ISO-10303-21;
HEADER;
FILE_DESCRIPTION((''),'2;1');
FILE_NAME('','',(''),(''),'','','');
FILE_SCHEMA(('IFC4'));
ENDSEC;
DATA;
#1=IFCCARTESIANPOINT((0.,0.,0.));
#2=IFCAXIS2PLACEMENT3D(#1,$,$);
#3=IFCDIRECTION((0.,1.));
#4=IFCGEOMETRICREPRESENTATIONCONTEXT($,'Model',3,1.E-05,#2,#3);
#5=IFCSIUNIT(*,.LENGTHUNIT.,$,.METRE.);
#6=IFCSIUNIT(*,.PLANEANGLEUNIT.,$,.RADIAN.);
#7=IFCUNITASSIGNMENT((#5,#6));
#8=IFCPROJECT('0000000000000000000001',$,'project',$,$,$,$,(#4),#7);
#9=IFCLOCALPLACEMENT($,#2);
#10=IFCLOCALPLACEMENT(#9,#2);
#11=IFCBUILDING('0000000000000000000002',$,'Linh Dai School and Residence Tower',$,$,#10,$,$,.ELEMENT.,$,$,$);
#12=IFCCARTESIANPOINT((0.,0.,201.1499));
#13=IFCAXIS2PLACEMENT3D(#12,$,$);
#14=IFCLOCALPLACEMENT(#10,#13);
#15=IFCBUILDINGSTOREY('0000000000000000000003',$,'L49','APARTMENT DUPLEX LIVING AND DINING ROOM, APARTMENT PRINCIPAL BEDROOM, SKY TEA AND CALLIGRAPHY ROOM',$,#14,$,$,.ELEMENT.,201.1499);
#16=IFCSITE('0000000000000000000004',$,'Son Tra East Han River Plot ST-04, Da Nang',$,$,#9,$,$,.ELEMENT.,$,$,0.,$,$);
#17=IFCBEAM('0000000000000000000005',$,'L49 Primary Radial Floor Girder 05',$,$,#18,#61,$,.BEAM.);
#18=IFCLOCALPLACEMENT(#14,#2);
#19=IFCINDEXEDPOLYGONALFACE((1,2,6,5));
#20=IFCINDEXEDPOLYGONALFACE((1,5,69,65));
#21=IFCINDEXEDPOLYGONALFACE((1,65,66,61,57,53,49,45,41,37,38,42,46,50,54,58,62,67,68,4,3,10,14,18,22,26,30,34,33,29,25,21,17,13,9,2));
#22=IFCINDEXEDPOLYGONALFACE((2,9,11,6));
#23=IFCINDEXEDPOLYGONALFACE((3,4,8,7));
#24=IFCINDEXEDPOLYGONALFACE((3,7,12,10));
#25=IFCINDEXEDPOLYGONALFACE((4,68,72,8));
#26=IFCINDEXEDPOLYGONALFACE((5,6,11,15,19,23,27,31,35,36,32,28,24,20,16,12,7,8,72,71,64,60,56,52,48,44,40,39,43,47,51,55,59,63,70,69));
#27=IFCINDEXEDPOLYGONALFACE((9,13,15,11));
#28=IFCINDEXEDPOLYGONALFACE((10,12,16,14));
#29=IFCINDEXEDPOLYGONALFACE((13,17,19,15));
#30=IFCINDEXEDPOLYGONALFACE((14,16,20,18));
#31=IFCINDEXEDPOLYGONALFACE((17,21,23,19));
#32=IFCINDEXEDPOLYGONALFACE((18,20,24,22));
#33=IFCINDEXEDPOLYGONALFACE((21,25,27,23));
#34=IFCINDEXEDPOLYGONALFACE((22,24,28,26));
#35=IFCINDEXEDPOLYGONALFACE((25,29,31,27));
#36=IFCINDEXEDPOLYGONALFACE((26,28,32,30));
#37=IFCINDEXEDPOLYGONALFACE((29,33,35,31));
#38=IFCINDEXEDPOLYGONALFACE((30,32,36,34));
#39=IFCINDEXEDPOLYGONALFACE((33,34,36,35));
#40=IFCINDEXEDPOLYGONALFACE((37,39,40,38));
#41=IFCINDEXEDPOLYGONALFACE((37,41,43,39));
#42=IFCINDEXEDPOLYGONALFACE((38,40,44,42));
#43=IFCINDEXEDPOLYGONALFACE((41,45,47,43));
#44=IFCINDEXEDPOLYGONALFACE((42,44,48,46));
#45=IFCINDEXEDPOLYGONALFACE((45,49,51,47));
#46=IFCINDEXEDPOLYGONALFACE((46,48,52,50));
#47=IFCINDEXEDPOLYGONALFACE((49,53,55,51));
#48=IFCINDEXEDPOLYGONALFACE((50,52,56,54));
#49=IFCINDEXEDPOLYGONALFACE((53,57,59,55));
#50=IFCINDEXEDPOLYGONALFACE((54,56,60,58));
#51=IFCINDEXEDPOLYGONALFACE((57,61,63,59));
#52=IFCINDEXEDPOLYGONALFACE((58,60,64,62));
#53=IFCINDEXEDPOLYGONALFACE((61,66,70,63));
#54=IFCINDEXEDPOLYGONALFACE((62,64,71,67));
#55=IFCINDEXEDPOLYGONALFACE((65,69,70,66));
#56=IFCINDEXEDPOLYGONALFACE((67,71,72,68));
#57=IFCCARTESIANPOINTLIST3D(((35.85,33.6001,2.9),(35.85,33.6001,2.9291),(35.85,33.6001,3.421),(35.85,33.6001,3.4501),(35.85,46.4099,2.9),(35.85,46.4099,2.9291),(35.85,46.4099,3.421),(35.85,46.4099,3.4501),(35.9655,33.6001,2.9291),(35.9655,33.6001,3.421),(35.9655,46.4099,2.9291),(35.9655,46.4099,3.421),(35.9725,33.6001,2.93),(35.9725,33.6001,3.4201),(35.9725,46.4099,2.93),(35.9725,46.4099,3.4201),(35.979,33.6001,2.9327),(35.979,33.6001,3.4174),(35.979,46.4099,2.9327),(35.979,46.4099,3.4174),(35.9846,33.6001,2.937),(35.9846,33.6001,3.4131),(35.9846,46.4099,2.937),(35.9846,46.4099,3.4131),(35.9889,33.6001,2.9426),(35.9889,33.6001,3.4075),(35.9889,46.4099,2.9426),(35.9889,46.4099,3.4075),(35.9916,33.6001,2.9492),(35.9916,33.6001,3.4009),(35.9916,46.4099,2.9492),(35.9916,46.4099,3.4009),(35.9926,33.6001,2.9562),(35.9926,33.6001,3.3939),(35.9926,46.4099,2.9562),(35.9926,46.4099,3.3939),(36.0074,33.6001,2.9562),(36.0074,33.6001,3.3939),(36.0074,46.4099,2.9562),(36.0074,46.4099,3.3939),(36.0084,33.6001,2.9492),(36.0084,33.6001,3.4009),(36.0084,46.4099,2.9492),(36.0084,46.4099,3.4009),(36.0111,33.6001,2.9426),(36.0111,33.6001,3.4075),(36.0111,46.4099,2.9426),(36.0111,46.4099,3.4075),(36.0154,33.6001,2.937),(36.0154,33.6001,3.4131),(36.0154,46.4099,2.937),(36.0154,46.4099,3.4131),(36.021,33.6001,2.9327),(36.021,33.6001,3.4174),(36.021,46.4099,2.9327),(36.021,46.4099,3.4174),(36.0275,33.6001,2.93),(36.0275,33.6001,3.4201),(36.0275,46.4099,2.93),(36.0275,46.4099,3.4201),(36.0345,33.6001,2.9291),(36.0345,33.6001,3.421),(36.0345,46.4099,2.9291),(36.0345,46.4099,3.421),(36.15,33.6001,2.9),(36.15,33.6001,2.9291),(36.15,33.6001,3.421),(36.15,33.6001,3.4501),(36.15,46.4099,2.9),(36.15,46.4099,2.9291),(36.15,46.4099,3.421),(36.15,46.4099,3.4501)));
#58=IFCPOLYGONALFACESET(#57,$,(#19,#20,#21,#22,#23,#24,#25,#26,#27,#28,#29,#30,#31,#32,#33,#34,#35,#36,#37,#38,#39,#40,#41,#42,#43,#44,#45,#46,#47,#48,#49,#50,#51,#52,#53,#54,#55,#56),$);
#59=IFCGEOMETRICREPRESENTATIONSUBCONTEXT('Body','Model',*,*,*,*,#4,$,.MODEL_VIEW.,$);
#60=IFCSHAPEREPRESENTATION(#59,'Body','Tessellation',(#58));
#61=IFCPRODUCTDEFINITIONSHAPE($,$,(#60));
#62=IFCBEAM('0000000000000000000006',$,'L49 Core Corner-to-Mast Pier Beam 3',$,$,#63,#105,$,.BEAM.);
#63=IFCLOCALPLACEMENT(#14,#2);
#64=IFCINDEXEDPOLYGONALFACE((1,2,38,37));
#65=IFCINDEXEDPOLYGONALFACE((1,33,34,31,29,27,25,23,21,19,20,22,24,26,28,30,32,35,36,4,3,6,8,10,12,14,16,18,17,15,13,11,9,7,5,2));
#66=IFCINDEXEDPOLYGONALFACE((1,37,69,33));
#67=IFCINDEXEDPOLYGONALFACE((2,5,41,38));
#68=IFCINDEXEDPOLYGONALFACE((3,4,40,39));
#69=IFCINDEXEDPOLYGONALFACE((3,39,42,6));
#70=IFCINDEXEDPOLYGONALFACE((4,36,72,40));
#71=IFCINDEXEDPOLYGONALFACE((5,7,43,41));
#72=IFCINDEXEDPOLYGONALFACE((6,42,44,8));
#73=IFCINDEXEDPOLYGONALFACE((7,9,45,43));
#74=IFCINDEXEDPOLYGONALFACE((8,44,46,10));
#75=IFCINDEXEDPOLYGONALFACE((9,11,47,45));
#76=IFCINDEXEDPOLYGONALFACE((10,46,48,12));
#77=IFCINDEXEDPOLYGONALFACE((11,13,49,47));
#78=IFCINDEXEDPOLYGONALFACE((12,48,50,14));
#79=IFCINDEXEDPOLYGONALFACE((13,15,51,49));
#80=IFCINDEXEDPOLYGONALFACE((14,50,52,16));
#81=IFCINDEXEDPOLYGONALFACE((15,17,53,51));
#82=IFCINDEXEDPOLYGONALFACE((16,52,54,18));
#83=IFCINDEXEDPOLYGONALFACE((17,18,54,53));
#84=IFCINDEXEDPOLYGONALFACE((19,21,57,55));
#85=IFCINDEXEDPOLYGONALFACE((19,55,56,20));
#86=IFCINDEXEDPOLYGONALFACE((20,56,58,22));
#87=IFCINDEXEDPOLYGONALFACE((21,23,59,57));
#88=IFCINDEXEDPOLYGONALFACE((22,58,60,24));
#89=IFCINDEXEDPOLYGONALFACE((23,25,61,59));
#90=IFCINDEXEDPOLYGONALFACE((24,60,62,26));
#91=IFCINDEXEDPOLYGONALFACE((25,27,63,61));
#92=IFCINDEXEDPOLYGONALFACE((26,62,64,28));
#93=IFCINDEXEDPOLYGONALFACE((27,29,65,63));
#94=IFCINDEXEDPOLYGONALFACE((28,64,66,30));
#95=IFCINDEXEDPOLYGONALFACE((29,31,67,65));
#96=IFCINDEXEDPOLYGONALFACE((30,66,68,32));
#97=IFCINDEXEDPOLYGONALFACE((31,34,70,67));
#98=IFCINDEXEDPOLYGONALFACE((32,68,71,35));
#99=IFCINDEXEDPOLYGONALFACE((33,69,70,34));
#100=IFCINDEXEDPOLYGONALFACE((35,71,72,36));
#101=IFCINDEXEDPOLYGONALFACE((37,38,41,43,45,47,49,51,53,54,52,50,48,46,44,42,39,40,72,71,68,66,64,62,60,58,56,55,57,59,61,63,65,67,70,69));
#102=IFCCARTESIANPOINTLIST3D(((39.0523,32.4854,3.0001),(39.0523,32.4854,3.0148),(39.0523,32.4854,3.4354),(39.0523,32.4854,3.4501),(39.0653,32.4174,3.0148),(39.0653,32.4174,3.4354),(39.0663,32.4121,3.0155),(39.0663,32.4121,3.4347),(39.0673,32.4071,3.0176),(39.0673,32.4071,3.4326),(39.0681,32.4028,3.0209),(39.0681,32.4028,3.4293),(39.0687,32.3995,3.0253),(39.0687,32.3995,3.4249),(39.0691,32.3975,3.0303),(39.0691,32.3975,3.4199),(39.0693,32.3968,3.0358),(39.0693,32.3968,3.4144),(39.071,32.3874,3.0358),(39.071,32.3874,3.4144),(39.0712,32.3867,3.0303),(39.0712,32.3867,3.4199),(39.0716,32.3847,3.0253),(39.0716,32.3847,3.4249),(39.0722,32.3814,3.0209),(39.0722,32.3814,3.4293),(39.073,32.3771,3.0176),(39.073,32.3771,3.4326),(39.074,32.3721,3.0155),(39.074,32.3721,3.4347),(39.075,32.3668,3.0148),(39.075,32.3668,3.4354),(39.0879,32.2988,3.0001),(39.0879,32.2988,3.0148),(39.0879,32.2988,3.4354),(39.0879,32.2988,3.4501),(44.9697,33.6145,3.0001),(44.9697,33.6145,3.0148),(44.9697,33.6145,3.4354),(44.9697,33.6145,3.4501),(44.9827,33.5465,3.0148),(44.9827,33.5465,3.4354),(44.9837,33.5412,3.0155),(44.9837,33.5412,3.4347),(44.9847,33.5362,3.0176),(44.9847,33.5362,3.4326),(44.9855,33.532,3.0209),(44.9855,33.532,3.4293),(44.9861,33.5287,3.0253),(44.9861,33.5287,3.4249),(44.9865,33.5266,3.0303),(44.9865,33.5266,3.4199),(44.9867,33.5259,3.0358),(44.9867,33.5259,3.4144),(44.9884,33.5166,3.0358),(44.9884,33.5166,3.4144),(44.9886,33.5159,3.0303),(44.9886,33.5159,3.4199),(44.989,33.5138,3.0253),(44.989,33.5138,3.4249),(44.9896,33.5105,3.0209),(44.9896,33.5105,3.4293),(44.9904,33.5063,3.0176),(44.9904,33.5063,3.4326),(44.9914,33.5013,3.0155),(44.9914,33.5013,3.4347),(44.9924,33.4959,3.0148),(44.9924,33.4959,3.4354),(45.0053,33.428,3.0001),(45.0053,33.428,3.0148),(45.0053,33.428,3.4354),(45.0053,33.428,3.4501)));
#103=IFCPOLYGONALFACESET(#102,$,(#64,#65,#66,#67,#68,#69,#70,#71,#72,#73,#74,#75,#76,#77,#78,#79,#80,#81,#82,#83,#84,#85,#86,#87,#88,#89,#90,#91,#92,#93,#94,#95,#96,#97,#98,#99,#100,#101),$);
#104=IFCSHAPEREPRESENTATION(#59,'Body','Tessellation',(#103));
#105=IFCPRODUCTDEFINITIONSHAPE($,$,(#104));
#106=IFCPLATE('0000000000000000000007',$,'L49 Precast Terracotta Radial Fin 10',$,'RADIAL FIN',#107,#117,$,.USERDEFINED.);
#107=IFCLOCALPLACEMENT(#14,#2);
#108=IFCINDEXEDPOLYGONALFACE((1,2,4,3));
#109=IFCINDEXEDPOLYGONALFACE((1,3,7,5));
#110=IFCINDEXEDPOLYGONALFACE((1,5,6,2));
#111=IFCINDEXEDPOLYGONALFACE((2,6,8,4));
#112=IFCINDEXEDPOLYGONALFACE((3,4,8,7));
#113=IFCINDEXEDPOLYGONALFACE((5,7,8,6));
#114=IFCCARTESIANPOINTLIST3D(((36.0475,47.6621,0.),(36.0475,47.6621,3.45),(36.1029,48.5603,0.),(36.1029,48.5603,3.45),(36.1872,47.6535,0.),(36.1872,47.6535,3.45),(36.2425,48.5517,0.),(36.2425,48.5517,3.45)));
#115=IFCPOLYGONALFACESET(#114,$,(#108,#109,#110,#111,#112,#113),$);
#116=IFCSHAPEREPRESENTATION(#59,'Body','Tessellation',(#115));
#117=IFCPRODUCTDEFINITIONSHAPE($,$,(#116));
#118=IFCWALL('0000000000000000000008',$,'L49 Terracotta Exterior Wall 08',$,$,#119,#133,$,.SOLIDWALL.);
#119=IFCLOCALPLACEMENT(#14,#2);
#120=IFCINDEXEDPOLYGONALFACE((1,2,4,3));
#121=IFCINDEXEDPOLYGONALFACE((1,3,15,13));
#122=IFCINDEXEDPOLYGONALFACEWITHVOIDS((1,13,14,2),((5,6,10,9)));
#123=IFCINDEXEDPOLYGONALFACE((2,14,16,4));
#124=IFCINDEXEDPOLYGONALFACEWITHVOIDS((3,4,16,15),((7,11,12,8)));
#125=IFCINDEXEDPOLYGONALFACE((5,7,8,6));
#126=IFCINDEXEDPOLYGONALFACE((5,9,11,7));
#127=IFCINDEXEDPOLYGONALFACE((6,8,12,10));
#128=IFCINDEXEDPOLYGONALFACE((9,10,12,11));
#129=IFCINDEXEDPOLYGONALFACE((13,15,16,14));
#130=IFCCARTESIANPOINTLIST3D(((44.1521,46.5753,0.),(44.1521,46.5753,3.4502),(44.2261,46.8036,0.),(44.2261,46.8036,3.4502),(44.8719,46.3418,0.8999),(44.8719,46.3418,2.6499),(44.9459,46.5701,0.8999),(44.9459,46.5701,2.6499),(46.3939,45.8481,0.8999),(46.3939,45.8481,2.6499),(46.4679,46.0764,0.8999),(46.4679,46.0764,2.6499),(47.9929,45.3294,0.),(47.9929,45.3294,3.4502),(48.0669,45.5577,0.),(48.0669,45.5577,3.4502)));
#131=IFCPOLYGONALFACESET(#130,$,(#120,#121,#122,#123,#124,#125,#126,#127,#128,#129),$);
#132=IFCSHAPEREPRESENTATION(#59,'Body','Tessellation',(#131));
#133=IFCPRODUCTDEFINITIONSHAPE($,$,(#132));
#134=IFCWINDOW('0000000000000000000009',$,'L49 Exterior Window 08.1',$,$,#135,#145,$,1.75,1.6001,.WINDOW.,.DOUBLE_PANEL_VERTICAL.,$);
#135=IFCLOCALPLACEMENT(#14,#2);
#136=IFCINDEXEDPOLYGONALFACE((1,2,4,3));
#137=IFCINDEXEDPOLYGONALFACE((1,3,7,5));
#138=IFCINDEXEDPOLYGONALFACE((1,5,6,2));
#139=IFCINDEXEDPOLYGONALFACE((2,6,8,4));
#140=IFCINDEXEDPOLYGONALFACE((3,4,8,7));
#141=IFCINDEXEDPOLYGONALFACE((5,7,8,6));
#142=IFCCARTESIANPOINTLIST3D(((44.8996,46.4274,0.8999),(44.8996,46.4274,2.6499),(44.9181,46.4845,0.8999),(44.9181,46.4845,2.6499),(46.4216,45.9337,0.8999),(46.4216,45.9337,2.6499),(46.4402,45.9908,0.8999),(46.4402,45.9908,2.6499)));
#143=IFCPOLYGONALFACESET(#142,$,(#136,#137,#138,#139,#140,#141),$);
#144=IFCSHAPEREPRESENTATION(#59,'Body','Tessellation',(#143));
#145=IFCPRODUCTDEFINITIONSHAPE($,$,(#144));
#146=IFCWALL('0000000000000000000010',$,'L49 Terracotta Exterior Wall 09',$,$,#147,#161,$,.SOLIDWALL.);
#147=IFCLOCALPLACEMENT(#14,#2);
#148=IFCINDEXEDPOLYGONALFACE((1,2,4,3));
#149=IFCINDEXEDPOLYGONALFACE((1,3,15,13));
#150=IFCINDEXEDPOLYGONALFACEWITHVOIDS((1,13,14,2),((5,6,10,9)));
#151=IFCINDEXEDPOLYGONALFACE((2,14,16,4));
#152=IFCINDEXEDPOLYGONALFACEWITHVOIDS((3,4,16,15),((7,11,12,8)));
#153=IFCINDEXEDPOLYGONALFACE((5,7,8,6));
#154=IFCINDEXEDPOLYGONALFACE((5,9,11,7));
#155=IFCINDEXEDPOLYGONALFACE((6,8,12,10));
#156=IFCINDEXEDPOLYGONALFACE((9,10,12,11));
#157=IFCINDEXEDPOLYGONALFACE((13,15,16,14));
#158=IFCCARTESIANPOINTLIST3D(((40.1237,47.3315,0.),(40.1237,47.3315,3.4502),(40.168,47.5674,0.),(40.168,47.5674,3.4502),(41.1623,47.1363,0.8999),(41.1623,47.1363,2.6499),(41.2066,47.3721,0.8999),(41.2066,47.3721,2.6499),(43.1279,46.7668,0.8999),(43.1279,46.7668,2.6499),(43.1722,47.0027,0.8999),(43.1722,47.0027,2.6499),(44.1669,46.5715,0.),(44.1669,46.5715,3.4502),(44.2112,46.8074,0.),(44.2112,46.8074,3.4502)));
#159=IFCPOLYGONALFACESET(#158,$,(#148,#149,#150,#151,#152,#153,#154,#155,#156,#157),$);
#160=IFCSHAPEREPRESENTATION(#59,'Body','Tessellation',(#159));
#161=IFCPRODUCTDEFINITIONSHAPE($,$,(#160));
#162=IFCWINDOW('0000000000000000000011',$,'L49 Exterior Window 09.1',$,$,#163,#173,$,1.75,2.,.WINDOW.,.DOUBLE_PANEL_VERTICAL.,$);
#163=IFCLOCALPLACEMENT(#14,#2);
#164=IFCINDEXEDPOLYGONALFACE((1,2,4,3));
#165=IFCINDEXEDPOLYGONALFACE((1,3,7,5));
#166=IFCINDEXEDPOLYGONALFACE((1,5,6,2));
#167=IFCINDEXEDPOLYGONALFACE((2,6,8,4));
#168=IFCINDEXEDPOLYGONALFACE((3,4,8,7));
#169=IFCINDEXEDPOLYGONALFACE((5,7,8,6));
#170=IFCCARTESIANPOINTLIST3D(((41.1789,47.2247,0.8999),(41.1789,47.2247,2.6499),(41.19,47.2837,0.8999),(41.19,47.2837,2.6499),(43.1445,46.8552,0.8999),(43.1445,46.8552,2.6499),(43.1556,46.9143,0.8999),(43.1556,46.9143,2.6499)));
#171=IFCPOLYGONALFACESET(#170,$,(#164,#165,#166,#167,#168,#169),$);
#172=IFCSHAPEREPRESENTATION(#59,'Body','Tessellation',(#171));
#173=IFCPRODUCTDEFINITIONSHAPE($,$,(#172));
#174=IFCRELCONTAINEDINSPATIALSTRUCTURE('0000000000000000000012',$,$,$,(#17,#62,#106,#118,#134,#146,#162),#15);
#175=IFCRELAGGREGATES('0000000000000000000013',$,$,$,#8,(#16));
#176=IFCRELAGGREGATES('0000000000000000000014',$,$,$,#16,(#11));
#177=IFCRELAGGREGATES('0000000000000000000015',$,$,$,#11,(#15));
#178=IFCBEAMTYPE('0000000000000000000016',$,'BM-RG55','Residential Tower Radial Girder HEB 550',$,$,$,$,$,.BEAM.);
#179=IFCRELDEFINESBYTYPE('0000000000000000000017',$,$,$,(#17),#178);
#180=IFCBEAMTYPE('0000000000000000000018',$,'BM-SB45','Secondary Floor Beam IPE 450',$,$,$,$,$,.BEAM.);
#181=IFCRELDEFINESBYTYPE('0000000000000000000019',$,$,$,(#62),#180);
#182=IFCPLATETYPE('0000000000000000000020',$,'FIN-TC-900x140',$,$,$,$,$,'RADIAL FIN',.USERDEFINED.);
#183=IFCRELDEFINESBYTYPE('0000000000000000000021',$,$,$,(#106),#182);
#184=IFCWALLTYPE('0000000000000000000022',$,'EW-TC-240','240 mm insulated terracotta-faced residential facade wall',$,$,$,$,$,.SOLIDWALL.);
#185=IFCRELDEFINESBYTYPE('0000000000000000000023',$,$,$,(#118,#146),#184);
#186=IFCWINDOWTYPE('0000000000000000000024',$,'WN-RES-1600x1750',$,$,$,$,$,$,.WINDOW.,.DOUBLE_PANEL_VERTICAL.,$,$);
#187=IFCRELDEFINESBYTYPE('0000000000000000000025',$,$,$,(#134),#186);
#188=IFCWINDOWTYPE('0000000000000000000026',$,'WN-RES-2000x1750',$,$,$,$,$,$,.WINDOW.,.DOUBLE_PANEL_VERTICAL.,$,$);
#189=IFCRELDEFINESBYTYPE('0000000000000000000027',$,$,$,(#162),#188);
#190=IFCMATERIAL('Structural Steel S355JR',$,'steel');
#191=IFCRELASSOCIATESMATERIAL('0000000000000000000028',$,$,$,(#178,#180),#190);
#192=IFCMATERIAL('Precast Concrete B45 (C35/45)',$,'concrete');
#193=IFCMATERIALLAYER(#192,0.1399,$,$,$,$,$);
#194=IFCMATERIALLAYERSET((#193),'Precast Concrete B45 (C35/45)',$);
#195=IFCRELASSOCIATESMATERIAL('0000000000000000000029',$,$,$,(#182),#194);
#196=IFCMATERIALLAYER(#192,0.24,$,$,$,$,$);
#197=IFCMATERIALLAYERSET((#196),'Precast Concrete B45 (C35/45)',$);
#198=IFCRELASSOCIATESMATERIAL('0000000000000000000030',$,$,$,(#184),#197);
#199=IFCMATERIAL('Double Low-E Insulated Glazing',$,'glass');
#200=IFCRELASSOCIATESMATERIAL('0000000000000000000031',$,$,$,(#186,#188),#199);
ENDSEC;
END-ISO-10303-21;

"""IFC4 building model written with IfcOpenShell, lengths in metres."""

from ifc_helpers import new_model, si_unit, direction, frame, frame_2d, origin, origin_2d, place, context, subcontext, project, spatial, rectangle, i_section, extrude, source, transform, mapped, material, layer, layer_set, material_profile, profile_set, type_object, element, fill, save


model = new_model("IFC4")

# Units and contexts
model_context = context("Model", 3, precision=1e-05, world=origin(), true_north=direction((0.0, 1.0)))
body_context = subcontext(model_context, "Body", "Model", "MODEL_VIEW")
ifc_project = project(units=[si_unit("LENGTHUNIT", "METRE"), si_unit("PLANEANGLEUNIT", "RADIAN")], contexts=[model_context])

# Site, building, storey
site_placement = place(None, origin())
site = spatial("IfcSite", under=ifc_project, at=site_placement, Name="Son Tra East Han River Plot ST-04, Da Nang", CompositionType="ELEMENT", RefElevation=0.0)
building_placement = place(site_placement, origin())
building = spatial("IfcBuilding", under=site, at=building_placement, Name="Linh Dai School and Residence Tower", CompositionType="ELEMENT")
storey_placement = place(building_placement, frame((0.0, 0.0, 201.1499)))
storey = spatial("IfcBuildingStorey", under=building, at=storey_placement, Name="L49", Description="APARTMENT DUPLEX LIVING AND DINING ROOM, APARTMENT PRINCIPAL BEDROOM, SKY TEA AND CALLIGRAPHY ROOM", CompositionType="ELEMENT", Elevation=201.1499)

# Beams
ifc_material_1 = material(Name="Structural Steel S355JR", Category="steel")
ifc_material_profile_1 = material_profile(ifc_material_1, i_section(OverallWidth=0.3, OverallDepth=0.55, WebThickness=0.0149, FlangeThickness=0.0291, FilletRadius=0.0271, at=origin_2d()), Name="HEB 550")
ifc_profile_set_1 = profile_set([ifc_material_profile_1], Name="Structural Steel S355JR")
beam_type_1 = type_object("IfcBeamType", Name="BM-RG55", Description="Residential Tower Radial Girder HEB 550", PredefinedType="BEAM", material=ifc_profile_set_1)
beam_1_placement = place(storey_placement, frame((36.0, 33.6001, 3.175), z_axis=(0.0, 1.0, 0.0), x_axis=(-1.0, 0.0, 0.0)))
element("IfcBeam", 1, at=beam_1_placement, inside=storey, type_object=beam_type_1, Name="L49 Primary Radial Floor Girder 05", PredefinedType="BEAM", context=body_context, shape_type="SweptSolid", body=[
    extrude(i_section(OverallWidth=0.3, OverallDepth=0.55, WebThickness=0.0149, FlangeThickness=0.0291, FilletRadius=0.0271, at=origin_2d()), origin(), (0.0, 0.0, 1.0), 12.8098),
])
ifc_material_profile_2 = material_profile(ifc_material_1, i_section(OverallWidth=0.1899, OverallDepth=0.45, WebThickness=0.0095, FlangeThickness=0.0146, FilletRadius=0.021, at=origin_2d()), Name="IPE 450")
ifc_profile_set_2 = profile_set([ifc_material_profile_2], Name="Structural Steel S355JR")
beam_type_2 = type_object("IfcBeamType", Name="BM-SB45", Description="Secondary Floor Beam IPE 450", PredefinedType="BEAM", material=ifc_profile_set_2)
beam_2_placement = place(storey_placement, frame((44.9875, 33.5212, 3.2251), z_axis=(-0.982277, -0.187434, 0.0), x_axis=(0.187434, -0.982277, 0.0)))
element("IfcBeam", 2, at=beam_2_placement, inside=storey, type_object=beam_type_2, Name="L49 Core Corner-to-Mast Pier Beam 3", PredefinedType="BEAM", context=body_context, shape_type="SweptSolid", body=[
    extrude(i_section(OverallWidth=0.1899, OverallDepth=0.45, WebThickness=0.0095, FlangeThickness=0.0146, FilletRadius=0.021, at=origin_2d()), origin(), (0.0, 0.0, 1.0), 6.0242),
])

# Plate
ifc_material_2 = material(Name="Precast Concrete B45 (C35/45)", Category="concrete")
ifc_layer_1 = layer(ifc_material_2, 0.1399)
ifc_layer_set_1 = layer_set([ifc_layer_1], Name="Precast Concrete B45 (C35/45)")
plate_type = type_object("IfcPlateType", Name="FIN-TC-900x140", ElementType="RADIAL FIN", PredefinedType="USERDEFINED", material=ifc_layer_set_1)
shared_shape_1 = source(origin(), body_context, "Body", "SweptSolid", [
    extrude(rectangle(XDim=0.8999, YDim=0.1399, at=origin_2d()), origin(), (0.0, 0.0, 1.0), 3.45),
])
plate_placement = place(storey_placement, frame((36.145, 48.1069, 0.0), z_axis=(0.0, 0.0, 1.0), x_axis=(0.061512, 0.998106, 0.0)))
element("IfcPlate", 3, at=plate_placement, inside=storey, type_object=plate_type, Name="L49 Precast Terracotta Radial Fin 10", ObjectType="RADIAL FIN", PredefinedType="USERDEFINED", context=body_context, shape_type="MappedRepresentation", body=[
    mapped(shared_shape_1, transform((0.0, 0.0, 0.0), x_axis=(1.0, 0.0, 0.0), y_axis=(0.0, 1.0, 0.0), z_axis=(0.0, 0.0, 1.0), scale=1.0)),
])

# Walls, openings, windows
ifc_layer_2 = layer(ifc_material_2, 0.24)
ifc_layer_set_2 = layer_set([ifc_layer_2], Name="Precast Concrete B45 (C35/45)")
wall_type_1 = type_object("IfcWallType", Name="EW-TC-240", Description="240 mm insulated terracotta-faced residential facade wall", PredefinedType="SOLIDWALL", material=ifc_layer_set_2)
wall_1_placement = place(storey_placement, frame((44.189, 46.6895, 0.0), z_axis=(0.0, 0.0, 1.0), x_axis=(0.95121, -0.308545, 0.0)))
wall_1 = element("IfcWall", 4, at=wall_1_placement, inside=storey, type_object=wall_type_1, Name="L49 Terracotta Exterior Wall 08", PredefinedType="SOLIDWALL", context=body_context, shape_type="SweptSolid", body=[
    extrude(rectangle(XDim=4.0378, YDim=0.24, at=frame_2d((2.019, 0.0))), origin(), (0.0, 0.0, 1.0), 3.4502),
])
opening_1_placement = place(wall_1_placement, frame((0.7568, 0.0, 0.8999)))
opening_1 = element("IfcOpeningElement", 5, at=opening_1_placement, cuts=wall_1, PredefinedType="OPENING", context=body_context, shape_type="SweptSolid", body=[
    extrude(rectangle(XDim=1.6001, YDim=1.75, at=origin_2d()), frame((0.8, 0.1299, 0.875), z_axis=(0.0, -1.0, 0.0), x_axis=(1.0, 0.0, 0.0)), (0.0, 0.0, 1.0), 0.26),
])
ifc_material_3 = material(Name="Double Low-E Insulated Glazing", Category="glass")
window_type_1 = type_object("IfcWindowType", Name="WN-RES-1600x1750", PartitioningType="DOUBLE_PANEL_VERTICAL", PredefinedType="WINDOW", material=ifc_material_3)
shared_shape_2 = source(origin(), body_context, "Body", "SweptSolid", [
    extrude(rectangle(XDim=1.6001, YDim=1.75, at=origin_2d()), frame((0.8, 0.03, 0.875), z_axis=(0.0, -1.0, 0.0), x_axis=(1.0, 0.0, 0.0)), (0.0, 0.0, 1.0), 0.0601),
])
window_1_placement = place(opening_1_placement, origin())
window_1 = element("IfcWindow", 6, at=window_1_placement, inside=storey, type_object=window_type_1, Name="L49 Exterior Window 08.1", OverallHeight=1.75, OverallWidth=1.6001, PartitioningType="DOUBLE_PANEL_VERTICAL", PredefinedType="WINDOW", context=body_context, shape_type="MappedRepresentation", body=[
    mapped(shared_shape_2, transform((0.0, 0.0, 0.0), x_axis=(1.0, 0.0, 0.0), y_axis=(0.0, 1.0, 0.0), z_axis=(0.0, 0.0, 1.0), scale=1.0)),
])
fill(opening_1, window_1)
wall_2_placement = place(storey_placement, frame((40.1458, 47.4495, 0.0), z_axis=(0.0, 0.0, 1.0), x_axis=(0.982788, -0.184736, 0.0)))
wall_2 = element("IfcWall", 7, at=wall_2_placement, inside=storey, type_object=wall_type_1, Name="L49 Terracotta Exterior Wall 09", PredefinedType="SOLIDWALL", context=body_context, shape_type="SweptSolid", body=[
    extrude(rectangle(XDim=4.114, YDim=0.24, at=frame_2d((2.0571, 0.0))), origin(), (0.0, 0.0, 1.0), 3.4502),
])
opening_2_placement = place(wall_2_placement, frame((1.0569, 0.0, 0.8999)))
opening_2 = element("IfcOpeningElement", 8, at=opening_2_placement, cuts=wall_2, PredefinedType="OPENING", context=body_context, shape_type="SweptSolid", body=[
    extrude(rectangle(XDim=2.0, YDim=1.75, at=origin_2d()), frame((1.0, 0.1299, 0.875), z_axis=(0.0, -1.0, 0.0), x_axis=(1.0, 0.0, 0.0)), (0.0, 0.0, 1.0), 0.26),
])
window_type_2 = type_object("IfcWindowType", Name="WN-RES-2000x1750", PartitioningType="DOUBLE_PANEL_VERTICAL", PredefinedType="WINDOW", material=ifc_material_3)
shared_shape_3 = source(origin(), body_context, "Body", "SweptSolid", [
    extrude(rectangle(XDim=2.0, YDim=1.75, at=origin_2d()), frame((1.0, 0.03, 0.875), z_axis=(0.0, -1.0, 0.0), x_axis=(1.0, 0.0, 0.0)), (0.0, 0.0, 1.0), 0.0601),
])
window_2_placement = place(opening_2_placement, origin())
window_2 = element("IfcWindow", 9, at=window_2_placement, inside=storey, type_object=window_type_2, Name="L49 Exterior Window 09.1", OverallHeight=1.75, OverallWidth=2.0, PartitioningType="DOUBLE_PANEL_VERTICAL", PredefinedType="WINDOW", context=body_context, shape_type="MappedRepresentation", body=[
    mapped(shared_shape_3, transform((0.0, 0.0, 0.0), x_axis=(1.0, 0.0, 0.0), y_axis=(0.0, 1.0, 0.0), z_axis=(0.0, 0.0, 1.0), scale=1.0)),
])
fill(opening_2, window_2)

save(model, "model.ifc")
